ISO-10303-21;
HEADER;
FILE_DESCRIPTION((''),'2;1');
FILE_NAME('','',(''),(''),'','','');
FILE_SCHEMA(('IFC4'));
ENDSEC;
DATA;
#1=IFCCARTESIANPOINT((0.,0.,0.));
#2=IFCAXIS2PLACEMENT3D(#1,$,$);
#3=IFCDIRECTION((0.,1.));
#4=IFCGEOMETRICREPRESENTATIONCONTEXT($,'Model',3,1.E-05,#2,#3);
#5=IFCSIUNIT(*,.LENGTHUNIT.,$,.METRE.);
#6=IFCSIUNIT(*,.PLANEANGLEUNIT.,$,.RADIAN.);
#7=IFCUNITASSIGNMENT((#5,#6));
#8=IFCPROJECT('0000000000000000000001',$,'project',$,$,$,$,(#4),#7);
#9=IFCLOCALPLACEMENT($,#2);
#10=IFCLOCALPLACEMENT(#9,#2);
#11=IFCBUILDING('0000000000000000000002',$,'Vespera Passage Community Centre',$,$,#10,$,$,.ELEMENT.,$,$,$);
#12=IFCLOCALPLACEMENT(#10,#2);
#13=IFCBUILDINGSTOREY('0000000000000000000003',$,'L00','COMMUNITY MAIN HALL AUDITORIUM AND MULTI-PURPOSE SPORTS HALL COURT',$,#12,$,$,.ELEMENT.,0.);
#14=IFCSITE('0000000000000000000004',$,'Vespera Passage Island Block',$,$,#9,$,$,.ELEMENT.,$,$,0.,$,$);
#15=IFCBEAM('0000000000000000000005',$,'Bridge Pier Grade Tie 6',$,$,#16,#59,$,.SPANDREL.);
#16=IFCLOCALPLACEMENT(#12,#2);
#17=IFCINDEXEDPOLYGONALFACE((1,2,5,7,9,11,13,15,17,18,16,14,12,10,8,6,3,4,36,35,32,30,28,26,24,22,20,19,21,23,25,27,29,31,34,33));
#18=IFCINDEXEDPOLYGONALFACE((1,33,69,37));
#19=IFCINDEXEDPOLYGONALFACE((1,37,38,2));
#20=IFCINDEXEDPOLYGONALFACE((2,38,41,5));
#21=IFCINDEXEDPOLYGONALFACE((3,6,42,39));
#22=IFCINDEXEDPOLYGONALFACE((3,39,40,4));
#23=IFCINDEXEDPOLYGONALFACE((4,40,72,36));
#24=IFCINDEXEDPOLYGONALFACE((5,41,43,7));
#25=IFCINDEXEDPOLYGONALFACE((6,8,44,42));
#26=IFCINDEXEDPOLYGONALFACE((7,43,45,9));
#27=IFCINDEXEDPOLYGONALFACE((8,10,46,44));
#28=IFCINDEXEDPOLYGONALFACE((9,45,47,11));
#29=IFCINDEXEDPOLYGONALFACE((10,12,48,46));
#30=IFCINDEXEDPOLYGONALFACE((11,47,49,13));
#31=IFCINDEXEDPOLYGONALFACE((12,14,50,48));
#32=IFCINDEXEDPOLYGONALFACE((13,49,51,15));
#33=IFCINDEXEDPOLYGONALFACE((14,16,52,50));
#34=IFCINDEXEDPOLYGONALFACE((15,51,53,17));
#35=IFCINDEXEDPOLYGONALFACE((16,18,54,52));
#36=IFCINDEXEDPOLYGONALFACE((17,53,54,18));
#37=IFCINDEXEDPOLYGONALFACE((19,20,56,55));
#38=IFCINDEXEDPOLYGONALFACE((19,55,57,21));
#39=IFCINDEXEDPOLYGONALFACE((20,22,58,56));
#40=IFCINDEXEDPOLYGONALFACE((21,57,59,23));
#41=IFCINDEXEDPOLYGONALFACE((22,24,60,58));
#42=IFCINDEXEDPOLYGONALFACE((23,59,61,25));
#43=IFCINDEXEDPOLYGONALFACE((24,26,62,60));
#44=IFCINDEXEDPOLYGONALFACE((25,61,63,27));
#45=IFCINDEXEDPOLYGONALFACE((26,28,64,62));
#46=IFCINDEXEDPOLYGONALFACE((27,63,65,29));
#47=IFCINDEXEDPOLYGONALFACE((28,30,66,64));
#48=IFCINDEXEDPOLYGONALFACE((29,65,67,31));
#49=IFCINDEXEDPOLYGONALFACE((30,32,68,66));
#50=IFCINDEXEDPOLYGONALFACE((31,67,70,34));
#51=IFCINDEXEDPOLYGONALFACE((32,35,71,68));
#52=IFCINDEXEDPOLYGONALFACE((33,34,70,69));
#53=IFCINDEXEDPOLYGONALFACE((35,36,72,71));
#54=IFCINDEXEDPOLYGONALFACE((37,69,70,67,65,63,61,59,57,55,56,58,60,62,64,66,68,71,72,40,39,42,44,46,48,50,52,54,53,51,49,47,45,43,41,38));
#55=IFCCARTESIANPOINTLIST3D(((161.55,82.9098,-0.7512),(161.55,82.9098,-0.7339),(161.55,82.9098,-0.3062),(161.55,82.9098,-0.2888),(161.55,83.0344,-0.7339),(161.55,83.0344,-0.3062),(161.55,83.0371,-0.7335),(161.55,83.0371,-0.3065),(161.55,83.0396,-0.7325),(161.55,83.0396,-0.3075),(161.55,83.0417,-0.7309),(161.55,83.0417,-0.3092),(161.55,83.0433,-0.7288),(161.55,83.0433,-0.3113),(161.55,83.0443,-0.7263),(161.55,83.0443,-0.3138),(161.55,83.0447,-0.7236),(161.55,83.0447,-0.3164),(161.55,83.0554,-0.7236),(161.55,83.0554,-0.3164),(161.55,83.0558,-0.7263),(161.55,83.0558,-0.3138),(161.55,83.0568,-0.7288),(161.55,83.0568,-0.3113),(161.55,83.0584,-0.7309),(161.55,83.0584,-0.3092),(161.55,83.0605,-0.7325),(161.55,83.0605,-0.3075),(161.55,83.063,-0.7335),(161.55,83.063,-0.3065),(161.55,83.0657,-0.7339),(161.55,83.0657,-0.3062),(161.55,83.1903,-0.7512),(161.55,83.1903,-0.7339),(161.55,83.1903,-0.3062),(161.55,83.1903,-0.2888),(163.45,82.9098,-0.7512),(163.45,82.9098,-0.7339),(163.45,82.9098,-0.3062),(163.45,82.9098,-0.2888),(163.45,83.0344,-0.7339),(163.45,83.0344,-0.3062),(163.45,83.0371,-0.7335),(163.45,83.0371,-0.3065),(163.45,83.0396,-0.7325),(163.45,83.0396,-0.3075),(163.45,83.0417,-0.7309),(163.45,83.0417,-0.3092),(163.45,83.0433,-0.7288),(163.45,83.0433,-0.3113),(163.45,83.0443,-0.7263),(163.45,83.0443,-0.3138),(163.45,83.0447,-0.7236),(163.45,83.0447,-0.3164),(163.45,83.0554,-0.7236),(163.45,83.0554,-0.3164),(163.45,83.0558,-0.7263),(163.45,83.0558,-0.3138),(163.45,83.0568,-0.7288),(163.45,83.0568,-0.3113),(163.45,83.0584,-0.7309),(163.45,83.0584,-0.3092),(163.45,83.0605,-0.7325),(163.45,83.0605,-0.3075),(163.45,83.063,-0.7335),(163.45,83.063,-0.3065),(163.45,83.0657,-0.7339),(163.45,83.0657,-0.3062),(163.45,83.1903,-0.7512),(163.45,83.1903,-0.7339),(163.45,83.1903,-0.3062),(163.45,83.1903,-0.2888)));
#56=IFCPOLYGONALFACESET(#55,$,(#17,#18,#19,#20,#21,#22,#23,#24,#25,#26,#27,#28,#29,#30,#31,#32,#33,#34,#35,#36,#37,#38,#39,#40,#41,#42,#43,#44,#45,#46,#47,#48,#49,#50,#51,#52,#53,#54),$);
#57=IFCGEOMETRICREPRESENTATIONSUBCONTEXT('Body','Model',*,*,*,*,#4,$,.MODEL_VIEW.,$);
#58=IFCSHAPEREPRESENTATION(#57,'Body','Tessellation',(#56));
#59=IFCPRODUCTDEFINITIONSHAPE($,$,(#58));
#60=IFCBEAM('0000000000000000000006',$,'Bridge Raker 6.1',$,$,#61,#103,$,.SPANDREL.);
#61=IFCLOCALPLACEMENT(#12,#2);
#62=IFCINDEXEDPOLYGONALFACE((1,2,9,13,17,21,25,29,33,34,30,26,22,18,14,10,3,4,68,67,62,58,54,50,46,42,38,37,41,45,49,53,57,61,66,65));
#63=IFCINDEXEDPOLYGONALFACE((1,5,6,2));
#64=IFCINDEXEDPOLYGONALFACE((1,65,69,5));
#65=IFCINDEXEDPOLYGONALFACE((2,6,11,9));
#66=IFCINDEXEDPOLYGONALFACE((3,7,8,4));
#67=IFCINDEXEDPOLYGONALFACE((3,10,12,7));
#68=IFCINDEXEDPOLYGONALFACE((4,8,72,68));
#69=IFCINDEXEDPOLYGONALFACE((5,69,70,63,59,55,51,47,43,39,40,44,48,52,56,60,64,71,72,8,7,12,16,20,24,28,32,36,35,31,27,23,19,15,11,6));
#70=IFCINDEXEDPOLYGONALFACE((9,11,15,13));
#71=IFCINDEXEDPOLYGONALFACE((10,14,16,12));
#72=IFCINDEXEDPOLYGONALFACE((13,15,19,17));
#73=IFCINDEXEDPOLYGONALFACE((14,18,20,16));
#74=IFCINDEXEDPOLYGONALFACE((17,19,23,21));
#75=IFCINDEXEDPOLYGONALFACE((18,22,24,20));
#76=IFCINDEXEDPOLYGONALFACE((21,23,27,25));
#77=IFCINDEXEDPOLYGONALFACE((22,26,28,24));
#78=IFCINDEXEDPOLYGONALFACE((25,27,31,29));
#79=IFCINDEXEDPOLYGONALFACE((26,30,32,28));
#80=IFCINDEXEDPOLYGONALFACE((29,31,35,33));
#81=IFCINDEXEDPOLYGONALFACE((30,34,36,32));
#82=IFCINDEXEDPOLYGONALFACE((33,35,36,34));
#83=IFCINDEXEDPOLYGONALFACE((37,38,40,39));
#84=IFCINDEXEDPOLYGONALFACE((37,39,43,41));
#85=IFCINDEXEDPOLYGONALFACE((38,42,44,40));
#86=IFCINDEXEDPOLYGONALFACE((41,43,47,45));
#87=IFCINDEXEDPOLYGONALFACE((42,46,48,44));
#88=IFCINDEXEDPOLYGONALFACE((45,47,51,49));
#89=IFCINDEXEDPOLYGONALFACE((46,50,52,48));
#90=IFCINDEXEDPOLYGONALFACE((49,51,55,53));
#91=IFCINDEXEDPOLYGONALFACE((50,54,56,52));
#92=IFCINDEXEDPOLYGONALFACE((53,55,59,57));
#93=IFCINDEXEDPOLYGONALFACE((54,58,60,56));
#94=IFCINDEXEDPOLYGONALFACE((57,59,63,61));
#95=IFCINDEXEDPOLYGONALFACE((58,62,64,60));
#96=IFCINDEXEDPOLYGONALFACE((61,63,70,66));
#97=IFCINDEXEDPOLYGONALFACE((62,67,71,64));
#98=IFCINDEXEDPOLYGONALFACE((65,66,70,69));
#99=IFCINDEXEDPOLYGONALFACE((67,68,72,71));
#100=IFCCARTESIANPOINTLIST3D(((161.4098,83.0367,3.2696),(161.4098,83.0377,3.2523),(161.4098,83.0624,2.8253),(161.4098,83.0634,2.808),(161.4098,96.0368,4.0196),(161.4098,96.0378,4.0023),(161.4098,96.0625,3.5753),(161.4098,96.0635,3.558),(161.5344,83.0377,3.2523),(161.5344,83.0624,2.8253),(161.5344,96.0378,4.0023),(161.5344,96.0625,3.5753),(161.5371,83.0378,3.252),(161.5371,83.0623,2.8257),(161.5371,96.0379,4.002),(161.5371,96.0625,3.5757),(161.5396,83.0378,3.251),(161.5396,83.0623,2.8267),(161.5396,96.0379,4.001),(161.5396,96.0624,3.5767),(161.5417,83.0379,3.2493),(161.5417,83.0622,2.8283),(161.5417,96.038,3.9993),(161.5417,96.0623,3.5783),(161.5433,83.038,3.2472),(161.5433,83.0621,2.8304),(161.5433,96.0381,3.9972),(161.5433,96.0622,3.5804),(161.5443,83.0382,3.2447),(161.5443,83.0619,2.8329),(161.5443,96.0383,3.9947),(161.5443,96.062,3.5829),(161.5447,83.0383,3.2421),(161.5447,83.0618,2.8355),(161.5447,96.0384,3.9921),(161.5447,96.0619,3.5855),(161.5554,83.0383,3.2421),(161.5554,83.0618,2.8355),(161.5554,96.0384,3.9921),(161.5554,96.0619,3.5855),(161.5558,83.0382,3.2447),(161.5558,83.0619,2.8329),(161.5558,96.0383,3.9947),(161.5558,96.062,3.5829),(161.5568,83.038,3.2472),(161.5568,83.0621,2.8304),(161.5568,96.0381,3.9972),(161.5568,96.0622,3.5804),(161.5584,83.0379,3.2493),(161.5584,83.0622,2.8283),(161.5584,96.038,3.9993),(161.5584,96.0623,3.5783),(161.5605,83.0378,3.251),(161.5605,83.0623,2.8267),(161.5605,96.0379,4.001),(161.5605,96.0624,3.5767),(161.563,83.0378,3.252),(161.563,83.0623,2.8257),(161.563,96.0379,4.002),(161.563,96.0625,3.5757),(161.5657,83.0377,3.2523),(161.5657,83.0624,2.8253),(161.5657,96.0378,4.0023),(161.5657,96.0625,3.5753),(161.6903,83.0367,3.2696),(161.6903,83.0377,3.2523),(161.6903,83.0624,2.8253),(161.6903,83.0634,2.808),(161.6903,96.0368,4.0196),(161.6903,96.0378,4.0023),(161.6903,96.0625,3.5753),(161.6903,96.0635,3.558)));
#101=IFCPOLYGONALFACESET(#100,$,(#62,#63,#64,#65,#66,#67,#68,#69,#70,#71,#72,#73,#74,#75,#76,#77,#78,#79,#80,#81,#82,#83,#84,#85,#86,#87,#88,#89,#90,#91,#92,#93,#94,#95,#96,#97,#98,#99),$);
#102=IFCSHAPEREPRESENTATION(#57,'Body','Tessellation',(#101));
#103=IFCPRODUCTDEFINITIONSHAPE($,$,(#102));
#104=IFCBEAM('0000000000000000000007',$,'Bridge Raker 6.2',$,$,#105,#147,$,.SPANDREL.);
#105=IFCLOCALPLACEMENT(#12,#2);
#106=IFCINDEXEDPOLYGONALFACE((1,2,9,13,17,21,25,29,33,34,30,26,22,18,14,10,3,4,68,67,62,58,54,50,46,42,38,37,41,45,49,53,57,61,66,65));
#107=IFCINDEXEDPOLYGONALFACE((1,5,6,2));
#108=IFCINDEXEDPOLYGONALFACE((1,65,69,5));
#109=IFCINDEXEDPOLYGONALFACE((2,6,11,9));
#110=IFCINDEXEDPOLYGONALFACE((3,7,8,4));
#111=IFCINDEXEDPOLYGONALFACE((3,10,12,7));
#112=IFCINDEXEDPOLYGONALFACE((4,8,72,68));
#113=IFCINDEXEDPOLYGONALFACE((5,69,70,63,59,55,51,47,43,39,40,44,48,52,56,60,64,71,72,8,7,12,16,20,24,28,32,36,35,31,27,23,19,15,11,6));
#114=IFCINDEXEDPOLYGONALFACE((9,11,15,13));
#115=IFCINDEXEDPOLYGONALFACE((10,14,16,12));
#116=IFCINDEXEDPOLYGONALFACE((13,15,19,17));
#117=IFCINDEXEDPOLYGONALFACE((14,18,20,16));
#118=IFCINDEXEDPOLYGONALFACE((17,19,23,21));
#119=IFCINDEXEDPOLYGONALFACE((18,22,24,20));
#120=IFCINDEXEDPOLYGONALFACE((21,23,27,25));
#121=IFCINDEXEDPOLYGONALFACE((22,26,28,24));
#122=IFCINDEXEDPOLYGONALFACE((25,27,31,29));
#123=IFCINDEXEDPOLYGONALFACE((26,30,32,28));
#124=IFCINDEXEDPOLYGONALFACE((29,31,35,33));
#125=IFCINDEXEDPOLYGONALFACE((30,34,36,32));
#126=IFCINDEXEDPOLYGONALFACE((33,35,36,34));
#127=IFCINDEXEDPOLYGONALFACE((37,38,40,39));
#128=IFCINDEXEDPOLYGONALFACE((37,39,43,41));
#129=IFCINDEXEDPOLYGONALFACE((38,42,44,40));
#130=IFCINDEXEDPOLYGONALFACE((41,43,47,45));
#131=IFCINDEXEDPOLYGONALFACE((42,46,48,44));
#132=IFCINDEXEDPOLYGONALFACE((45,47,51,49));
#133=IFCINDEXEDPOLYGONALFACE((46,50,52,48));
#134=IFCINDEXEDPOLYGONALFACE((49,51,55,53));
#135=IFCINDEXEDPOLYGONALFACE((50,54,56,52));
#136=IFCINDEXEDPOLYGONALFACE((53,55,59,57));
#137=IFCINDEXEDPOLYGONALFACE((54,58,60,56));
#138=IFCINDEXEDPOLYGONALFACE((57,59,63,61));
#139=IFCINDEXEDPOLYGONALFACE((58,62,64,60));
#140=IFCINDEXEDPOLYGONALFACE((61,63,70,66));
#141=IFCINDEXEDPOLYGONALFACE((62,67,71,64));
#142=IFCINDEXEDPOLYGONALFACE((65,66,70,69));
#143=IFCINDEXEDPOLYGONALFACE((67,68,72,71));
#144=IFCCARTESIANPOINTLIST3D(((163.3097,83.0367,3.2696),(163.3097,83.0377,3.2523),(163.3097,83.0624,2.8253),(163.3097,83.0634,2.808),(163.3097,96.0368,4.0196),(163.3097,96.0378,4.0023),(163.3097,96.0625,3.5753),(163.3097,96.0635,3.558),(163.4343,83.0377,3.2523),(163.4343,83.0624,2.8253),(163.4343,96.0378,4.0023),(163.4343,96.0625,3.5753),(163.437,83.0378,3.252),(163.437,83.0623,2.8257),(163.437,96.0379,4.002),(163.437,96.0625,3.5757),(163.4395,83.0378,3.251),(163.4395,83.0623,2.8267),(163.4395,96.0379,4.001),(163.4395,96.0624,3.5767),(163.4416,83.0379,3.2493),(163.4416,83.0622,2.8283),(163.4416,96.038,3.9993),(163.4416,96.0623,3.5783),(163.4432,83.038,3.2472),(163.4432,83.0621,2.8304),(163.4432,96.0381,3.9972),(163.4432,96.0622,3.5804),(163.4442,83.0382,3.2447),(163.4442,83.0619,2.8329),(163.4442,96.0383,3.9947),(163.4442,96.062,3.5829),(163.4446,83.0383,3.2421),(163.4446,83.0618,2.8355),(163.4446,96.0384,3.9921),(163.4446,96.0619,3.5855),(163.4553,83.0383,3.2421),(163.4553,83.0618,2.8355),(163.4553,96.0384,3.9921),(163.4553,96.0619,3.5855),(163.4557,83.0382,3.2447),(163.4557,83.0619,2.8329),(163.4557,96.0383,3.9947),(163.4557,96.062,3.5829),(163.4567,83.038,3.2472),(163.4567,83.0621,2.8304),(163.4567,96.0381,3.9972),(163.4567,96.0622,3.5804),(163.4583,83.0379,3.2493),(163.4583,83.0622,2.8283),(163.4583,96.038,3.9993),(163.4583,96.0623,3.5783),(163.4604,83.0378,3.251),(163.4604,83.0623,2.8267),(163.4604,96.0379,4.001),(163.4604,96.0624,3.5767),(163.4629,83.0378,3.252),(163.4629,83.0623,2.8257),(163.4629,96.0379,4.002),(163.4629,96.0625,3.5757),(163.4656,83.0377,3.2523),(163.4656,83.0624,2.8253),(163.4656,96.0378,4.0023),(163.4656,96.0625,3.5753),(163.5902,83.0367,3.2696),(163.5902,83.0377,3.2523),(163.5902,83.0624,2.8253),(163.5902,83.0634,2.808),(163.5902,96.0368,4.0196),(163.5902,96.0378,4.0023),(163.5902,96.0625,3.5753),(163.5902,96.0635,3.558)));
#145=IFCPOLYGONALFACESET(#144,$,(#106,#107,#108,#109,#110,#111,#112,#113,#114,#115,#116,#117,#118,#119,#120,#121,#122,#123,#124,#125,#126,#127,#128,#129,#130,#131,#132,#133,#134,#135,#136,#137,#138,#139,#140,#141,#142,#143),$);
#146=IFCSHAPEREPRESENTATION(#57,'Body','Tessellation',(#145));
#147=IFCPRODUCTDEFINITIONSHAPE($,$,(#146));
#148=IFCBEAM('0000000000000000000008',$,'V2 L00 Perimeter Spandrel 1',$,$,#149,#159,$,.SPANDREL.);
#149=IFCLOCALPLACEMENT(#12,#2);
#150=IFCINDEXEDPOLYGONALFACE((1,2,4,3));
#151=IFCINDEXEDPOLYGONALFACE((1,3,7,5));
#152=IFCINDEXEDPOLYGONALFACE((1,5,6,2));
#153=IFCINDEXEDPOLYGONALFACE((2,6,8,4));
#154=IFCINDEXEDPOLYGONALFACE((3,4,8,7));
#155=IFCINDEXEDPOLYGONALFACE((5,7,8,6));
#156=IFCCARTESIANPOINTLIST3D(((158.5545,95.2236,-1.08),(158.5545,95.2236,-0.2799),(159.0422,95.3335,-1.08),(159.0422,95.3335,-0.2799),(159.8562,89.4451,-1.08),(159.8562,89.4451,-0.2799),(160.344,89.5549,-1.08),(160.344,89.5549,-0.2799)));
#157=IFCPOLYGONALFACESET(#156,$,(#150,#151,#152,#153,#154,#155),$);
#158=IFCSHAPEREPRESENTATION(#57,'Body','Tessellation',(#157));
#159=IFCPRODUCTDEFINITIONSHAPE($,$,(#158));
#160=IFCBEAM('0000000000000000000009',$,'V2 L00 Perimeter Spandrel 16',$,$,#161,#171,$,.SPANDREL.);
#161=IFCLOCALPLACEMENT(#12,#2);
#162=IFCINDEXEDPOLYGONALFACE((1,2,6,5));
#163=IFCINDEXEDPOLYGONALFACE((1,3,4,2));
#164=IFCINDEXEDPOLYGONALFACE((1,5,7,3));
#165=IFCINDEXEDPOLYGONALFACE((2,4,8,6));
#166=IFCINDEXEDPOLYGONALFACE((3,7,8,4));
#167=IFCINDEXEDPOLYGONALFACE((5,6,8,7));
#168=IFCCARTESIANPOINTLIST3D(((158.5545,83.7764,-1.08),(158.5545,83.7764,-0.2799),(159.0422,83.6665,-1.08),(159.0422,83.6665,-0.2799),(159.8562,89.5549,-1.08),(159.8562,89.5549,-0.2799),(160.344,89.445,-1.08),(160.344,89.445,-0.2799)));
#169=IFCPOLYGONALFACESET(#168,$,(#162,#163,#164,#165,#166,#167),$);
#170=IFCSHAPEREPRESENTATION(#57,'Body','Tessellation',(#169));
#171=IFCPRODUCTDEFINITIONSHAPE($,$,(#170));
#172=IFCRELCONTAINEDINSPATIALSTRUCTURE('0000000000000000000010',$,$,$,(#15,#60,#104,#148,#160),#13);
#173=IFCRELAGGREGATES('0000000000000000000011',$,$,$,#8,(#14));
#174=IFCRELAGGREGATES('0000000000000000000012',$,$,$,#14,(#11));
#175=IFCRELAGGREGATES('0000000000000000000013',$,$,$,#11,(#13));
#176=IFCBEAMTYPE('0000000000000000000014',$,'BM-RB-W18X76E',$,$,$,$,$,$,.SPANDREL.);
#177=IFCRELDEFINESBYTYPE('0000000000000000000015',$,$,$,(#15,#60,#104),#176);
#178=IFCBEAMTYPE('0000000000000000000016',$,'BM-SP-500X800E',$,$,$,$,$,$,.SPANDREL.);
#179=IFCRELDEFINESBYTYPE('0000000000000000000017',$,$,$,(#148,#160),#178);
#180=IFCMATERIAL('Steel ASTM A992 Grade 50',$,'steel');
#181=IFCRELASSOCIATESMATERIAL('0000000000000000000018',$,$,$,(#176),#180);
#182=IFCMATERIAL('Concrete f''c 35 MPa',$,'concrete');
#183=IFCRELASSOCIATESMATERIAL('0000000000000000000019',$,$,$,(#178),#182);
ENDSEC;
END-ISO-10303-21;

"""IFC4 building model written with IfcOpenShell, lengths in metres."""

from ifc_helpers import new_model, si_unit, direction, frame, origin, origin_2d, place, context, subcontext, project, spatial, rectangle, i_section, extrude, material, material_profile, profile_set, type_object, element, save


model = new_model("IFC4")

# Units and contexts
model_context = context("Model", 3, precision=1e-05, world=origin(), true_north=direction((0.0, 1.0)))
body_context = subcontext(model_context, "Body", "Model", "MODEL_VIEW")
ifc_project = project(units=[si_unit("LENGTHUNIT", "METRE"), si_unit("PLANEANGLEUNIT", "RADIAN")], contexts=[model_context])

# Site, building, storey
site_placement = place(None, origin())
site = spatial("IfcSite", under=ifc_project, at=site_placement, Name="Vespera Passage Island Block", CompositionType="ELEMENT", RefElevation=0.0)
building_placement = place(site_placement, origin())
building = spatial("IfcBuilding", under=site, at=building_placement, Name="Vespera Passage Community Centre", CompositionType="ELEMENT")
storey_placement = place(building_placement, origin())
storey = spatial("IfcBuildingStorey", under=building, at=storey_placement, Name="L00", Description="COMMUNITY MAIN HALL AUDITORIUM AND MULTI-PURPOSE SPORTS HALL COURT", CompositionType="ELEMENT", Elevation=0.0)

# Beams
ifc_material_1 = material(Name="Steel ASTM A992 Grade 50", Category="steel")
ifc_material_profile_1 = material_profile(ifc_material_1, i_section(OverallWidth=0.2805, OverallDepth=0.4624, WebThickness=0.0107, FlangeThickness=0.0173, FilletRadius=0.0103, at=origin_2d()), Name="W18X76")
ifc_profile_set_1 = profile_set([ifc_material_profile_1], Name="Steel ASTM A992 Grade 50")
beam_type_1 = type_object("IfcBeamType", Name="BM-RB-W18X76E", PredefinedType="SPANDREL", material=ifc_profile_set_1)
beam_1_placement = place(storey_placement, frame((161.55, 83.05, -0.52), z_axis=(1.0, 0.0, 0.0), x_axis=(0.0, 1.0, 0.0)))
element("IfcBeam", 1, at=beam_1_placement, inside=storey, type_object=beam_type_1, Name="Bridge Pier Grade Tie 6", PredefinedType="SPANDREL", context=body_context, shape_type="SweptSolid", body=[
    extrude(i_section(OverallWidth=0.2805, OverallDepth=0.4624, WebThickness=0.0107, FlangeThickness=0.0173, FilletRadius=0.0103, at=origin_2d()), origin(), (0.0, 0.0, 1.0), 1.8999),
])
for number, where, z_axis, x_axis, name in (
    (2, (161.55, 83.05, 3.0388), (0.0, 0.99834, 0.057597), (-1.0, 0.0, 0.0), "Bridge Raker 6.1"),
    (3, (163.45, 83.05, 3.0388), (0.0, 0.99834, 0.057597), (-1.0, 0.0, 0.0), "Bridge Raker 6.2"),
):
    element("IfcBeam", number, at=place(storey_placement, frame(where, z_axis=z_axis, x_axis=x_axis)), inside=storey, type_object=beam_type_1, Name=name, PredefinedType="SPANDREL", context=body_context, shape_type="SweptSolid", body=[
        extrude(i_section(OverallWidth=0.2805, OverallDepth=0.4624, WebThickness=0.0107, FlangeThickness=0.0173, FilletRadius=0.0103, at=origin_2d()), origin(), (0.0, 0.0, 1.0), 13.0217),
    ])
ifc_material_2 = material(Name="Concrete f'c 35 MPa", Category="concrete")
ifc_material_profile_2 = material_profile(ifc_material_2, rectangle(XDim=0.5, YDim=0.8, at=origin_2d()), Name="RC500X800")
ifc_profile_set_2 = profile_set([ifc_material_profile_2], Name="Concrete f'c 35 MPa")
beam_type_2 = type_object("IfcBeamType", Name="BM-SP-500X800E", PredefinedType="SPANDREL", material=ifc_profile_set_2)
for number, where, z_axis, x_axis, name in (
    (4, (160.1001, 89.5, -0.6799), (-0.219766, 0.975553, 0.0), (-0.975553, -0.219766, 0.0), "V2 L00 Perimeter Spandrel 1"),
    (5, (158.7983, 83.7214, -0.6799), (0.219766, 0.975553, 0.0), (-0.975553, 0.219766, 0.0), "V2 L00 Perimeter Spandrel 16"),
):
    element("IfcBeam", number, at=place(storey_placement, frame(where, z_axis=z_axis, x_axis=x_axis)), inside=storey, type_object=beam_type_2, Name=name, PredefinedType="SPANDREL", context=body_context, shape_type="SweptSolid", body=[
        extrude(rectangle(XDim=0.5, YDim=0.8, at=origin_2d()), origin(), (0.0, 0.0, 1.0), 5.9233),
    ])

save(model, "model.ifc")
